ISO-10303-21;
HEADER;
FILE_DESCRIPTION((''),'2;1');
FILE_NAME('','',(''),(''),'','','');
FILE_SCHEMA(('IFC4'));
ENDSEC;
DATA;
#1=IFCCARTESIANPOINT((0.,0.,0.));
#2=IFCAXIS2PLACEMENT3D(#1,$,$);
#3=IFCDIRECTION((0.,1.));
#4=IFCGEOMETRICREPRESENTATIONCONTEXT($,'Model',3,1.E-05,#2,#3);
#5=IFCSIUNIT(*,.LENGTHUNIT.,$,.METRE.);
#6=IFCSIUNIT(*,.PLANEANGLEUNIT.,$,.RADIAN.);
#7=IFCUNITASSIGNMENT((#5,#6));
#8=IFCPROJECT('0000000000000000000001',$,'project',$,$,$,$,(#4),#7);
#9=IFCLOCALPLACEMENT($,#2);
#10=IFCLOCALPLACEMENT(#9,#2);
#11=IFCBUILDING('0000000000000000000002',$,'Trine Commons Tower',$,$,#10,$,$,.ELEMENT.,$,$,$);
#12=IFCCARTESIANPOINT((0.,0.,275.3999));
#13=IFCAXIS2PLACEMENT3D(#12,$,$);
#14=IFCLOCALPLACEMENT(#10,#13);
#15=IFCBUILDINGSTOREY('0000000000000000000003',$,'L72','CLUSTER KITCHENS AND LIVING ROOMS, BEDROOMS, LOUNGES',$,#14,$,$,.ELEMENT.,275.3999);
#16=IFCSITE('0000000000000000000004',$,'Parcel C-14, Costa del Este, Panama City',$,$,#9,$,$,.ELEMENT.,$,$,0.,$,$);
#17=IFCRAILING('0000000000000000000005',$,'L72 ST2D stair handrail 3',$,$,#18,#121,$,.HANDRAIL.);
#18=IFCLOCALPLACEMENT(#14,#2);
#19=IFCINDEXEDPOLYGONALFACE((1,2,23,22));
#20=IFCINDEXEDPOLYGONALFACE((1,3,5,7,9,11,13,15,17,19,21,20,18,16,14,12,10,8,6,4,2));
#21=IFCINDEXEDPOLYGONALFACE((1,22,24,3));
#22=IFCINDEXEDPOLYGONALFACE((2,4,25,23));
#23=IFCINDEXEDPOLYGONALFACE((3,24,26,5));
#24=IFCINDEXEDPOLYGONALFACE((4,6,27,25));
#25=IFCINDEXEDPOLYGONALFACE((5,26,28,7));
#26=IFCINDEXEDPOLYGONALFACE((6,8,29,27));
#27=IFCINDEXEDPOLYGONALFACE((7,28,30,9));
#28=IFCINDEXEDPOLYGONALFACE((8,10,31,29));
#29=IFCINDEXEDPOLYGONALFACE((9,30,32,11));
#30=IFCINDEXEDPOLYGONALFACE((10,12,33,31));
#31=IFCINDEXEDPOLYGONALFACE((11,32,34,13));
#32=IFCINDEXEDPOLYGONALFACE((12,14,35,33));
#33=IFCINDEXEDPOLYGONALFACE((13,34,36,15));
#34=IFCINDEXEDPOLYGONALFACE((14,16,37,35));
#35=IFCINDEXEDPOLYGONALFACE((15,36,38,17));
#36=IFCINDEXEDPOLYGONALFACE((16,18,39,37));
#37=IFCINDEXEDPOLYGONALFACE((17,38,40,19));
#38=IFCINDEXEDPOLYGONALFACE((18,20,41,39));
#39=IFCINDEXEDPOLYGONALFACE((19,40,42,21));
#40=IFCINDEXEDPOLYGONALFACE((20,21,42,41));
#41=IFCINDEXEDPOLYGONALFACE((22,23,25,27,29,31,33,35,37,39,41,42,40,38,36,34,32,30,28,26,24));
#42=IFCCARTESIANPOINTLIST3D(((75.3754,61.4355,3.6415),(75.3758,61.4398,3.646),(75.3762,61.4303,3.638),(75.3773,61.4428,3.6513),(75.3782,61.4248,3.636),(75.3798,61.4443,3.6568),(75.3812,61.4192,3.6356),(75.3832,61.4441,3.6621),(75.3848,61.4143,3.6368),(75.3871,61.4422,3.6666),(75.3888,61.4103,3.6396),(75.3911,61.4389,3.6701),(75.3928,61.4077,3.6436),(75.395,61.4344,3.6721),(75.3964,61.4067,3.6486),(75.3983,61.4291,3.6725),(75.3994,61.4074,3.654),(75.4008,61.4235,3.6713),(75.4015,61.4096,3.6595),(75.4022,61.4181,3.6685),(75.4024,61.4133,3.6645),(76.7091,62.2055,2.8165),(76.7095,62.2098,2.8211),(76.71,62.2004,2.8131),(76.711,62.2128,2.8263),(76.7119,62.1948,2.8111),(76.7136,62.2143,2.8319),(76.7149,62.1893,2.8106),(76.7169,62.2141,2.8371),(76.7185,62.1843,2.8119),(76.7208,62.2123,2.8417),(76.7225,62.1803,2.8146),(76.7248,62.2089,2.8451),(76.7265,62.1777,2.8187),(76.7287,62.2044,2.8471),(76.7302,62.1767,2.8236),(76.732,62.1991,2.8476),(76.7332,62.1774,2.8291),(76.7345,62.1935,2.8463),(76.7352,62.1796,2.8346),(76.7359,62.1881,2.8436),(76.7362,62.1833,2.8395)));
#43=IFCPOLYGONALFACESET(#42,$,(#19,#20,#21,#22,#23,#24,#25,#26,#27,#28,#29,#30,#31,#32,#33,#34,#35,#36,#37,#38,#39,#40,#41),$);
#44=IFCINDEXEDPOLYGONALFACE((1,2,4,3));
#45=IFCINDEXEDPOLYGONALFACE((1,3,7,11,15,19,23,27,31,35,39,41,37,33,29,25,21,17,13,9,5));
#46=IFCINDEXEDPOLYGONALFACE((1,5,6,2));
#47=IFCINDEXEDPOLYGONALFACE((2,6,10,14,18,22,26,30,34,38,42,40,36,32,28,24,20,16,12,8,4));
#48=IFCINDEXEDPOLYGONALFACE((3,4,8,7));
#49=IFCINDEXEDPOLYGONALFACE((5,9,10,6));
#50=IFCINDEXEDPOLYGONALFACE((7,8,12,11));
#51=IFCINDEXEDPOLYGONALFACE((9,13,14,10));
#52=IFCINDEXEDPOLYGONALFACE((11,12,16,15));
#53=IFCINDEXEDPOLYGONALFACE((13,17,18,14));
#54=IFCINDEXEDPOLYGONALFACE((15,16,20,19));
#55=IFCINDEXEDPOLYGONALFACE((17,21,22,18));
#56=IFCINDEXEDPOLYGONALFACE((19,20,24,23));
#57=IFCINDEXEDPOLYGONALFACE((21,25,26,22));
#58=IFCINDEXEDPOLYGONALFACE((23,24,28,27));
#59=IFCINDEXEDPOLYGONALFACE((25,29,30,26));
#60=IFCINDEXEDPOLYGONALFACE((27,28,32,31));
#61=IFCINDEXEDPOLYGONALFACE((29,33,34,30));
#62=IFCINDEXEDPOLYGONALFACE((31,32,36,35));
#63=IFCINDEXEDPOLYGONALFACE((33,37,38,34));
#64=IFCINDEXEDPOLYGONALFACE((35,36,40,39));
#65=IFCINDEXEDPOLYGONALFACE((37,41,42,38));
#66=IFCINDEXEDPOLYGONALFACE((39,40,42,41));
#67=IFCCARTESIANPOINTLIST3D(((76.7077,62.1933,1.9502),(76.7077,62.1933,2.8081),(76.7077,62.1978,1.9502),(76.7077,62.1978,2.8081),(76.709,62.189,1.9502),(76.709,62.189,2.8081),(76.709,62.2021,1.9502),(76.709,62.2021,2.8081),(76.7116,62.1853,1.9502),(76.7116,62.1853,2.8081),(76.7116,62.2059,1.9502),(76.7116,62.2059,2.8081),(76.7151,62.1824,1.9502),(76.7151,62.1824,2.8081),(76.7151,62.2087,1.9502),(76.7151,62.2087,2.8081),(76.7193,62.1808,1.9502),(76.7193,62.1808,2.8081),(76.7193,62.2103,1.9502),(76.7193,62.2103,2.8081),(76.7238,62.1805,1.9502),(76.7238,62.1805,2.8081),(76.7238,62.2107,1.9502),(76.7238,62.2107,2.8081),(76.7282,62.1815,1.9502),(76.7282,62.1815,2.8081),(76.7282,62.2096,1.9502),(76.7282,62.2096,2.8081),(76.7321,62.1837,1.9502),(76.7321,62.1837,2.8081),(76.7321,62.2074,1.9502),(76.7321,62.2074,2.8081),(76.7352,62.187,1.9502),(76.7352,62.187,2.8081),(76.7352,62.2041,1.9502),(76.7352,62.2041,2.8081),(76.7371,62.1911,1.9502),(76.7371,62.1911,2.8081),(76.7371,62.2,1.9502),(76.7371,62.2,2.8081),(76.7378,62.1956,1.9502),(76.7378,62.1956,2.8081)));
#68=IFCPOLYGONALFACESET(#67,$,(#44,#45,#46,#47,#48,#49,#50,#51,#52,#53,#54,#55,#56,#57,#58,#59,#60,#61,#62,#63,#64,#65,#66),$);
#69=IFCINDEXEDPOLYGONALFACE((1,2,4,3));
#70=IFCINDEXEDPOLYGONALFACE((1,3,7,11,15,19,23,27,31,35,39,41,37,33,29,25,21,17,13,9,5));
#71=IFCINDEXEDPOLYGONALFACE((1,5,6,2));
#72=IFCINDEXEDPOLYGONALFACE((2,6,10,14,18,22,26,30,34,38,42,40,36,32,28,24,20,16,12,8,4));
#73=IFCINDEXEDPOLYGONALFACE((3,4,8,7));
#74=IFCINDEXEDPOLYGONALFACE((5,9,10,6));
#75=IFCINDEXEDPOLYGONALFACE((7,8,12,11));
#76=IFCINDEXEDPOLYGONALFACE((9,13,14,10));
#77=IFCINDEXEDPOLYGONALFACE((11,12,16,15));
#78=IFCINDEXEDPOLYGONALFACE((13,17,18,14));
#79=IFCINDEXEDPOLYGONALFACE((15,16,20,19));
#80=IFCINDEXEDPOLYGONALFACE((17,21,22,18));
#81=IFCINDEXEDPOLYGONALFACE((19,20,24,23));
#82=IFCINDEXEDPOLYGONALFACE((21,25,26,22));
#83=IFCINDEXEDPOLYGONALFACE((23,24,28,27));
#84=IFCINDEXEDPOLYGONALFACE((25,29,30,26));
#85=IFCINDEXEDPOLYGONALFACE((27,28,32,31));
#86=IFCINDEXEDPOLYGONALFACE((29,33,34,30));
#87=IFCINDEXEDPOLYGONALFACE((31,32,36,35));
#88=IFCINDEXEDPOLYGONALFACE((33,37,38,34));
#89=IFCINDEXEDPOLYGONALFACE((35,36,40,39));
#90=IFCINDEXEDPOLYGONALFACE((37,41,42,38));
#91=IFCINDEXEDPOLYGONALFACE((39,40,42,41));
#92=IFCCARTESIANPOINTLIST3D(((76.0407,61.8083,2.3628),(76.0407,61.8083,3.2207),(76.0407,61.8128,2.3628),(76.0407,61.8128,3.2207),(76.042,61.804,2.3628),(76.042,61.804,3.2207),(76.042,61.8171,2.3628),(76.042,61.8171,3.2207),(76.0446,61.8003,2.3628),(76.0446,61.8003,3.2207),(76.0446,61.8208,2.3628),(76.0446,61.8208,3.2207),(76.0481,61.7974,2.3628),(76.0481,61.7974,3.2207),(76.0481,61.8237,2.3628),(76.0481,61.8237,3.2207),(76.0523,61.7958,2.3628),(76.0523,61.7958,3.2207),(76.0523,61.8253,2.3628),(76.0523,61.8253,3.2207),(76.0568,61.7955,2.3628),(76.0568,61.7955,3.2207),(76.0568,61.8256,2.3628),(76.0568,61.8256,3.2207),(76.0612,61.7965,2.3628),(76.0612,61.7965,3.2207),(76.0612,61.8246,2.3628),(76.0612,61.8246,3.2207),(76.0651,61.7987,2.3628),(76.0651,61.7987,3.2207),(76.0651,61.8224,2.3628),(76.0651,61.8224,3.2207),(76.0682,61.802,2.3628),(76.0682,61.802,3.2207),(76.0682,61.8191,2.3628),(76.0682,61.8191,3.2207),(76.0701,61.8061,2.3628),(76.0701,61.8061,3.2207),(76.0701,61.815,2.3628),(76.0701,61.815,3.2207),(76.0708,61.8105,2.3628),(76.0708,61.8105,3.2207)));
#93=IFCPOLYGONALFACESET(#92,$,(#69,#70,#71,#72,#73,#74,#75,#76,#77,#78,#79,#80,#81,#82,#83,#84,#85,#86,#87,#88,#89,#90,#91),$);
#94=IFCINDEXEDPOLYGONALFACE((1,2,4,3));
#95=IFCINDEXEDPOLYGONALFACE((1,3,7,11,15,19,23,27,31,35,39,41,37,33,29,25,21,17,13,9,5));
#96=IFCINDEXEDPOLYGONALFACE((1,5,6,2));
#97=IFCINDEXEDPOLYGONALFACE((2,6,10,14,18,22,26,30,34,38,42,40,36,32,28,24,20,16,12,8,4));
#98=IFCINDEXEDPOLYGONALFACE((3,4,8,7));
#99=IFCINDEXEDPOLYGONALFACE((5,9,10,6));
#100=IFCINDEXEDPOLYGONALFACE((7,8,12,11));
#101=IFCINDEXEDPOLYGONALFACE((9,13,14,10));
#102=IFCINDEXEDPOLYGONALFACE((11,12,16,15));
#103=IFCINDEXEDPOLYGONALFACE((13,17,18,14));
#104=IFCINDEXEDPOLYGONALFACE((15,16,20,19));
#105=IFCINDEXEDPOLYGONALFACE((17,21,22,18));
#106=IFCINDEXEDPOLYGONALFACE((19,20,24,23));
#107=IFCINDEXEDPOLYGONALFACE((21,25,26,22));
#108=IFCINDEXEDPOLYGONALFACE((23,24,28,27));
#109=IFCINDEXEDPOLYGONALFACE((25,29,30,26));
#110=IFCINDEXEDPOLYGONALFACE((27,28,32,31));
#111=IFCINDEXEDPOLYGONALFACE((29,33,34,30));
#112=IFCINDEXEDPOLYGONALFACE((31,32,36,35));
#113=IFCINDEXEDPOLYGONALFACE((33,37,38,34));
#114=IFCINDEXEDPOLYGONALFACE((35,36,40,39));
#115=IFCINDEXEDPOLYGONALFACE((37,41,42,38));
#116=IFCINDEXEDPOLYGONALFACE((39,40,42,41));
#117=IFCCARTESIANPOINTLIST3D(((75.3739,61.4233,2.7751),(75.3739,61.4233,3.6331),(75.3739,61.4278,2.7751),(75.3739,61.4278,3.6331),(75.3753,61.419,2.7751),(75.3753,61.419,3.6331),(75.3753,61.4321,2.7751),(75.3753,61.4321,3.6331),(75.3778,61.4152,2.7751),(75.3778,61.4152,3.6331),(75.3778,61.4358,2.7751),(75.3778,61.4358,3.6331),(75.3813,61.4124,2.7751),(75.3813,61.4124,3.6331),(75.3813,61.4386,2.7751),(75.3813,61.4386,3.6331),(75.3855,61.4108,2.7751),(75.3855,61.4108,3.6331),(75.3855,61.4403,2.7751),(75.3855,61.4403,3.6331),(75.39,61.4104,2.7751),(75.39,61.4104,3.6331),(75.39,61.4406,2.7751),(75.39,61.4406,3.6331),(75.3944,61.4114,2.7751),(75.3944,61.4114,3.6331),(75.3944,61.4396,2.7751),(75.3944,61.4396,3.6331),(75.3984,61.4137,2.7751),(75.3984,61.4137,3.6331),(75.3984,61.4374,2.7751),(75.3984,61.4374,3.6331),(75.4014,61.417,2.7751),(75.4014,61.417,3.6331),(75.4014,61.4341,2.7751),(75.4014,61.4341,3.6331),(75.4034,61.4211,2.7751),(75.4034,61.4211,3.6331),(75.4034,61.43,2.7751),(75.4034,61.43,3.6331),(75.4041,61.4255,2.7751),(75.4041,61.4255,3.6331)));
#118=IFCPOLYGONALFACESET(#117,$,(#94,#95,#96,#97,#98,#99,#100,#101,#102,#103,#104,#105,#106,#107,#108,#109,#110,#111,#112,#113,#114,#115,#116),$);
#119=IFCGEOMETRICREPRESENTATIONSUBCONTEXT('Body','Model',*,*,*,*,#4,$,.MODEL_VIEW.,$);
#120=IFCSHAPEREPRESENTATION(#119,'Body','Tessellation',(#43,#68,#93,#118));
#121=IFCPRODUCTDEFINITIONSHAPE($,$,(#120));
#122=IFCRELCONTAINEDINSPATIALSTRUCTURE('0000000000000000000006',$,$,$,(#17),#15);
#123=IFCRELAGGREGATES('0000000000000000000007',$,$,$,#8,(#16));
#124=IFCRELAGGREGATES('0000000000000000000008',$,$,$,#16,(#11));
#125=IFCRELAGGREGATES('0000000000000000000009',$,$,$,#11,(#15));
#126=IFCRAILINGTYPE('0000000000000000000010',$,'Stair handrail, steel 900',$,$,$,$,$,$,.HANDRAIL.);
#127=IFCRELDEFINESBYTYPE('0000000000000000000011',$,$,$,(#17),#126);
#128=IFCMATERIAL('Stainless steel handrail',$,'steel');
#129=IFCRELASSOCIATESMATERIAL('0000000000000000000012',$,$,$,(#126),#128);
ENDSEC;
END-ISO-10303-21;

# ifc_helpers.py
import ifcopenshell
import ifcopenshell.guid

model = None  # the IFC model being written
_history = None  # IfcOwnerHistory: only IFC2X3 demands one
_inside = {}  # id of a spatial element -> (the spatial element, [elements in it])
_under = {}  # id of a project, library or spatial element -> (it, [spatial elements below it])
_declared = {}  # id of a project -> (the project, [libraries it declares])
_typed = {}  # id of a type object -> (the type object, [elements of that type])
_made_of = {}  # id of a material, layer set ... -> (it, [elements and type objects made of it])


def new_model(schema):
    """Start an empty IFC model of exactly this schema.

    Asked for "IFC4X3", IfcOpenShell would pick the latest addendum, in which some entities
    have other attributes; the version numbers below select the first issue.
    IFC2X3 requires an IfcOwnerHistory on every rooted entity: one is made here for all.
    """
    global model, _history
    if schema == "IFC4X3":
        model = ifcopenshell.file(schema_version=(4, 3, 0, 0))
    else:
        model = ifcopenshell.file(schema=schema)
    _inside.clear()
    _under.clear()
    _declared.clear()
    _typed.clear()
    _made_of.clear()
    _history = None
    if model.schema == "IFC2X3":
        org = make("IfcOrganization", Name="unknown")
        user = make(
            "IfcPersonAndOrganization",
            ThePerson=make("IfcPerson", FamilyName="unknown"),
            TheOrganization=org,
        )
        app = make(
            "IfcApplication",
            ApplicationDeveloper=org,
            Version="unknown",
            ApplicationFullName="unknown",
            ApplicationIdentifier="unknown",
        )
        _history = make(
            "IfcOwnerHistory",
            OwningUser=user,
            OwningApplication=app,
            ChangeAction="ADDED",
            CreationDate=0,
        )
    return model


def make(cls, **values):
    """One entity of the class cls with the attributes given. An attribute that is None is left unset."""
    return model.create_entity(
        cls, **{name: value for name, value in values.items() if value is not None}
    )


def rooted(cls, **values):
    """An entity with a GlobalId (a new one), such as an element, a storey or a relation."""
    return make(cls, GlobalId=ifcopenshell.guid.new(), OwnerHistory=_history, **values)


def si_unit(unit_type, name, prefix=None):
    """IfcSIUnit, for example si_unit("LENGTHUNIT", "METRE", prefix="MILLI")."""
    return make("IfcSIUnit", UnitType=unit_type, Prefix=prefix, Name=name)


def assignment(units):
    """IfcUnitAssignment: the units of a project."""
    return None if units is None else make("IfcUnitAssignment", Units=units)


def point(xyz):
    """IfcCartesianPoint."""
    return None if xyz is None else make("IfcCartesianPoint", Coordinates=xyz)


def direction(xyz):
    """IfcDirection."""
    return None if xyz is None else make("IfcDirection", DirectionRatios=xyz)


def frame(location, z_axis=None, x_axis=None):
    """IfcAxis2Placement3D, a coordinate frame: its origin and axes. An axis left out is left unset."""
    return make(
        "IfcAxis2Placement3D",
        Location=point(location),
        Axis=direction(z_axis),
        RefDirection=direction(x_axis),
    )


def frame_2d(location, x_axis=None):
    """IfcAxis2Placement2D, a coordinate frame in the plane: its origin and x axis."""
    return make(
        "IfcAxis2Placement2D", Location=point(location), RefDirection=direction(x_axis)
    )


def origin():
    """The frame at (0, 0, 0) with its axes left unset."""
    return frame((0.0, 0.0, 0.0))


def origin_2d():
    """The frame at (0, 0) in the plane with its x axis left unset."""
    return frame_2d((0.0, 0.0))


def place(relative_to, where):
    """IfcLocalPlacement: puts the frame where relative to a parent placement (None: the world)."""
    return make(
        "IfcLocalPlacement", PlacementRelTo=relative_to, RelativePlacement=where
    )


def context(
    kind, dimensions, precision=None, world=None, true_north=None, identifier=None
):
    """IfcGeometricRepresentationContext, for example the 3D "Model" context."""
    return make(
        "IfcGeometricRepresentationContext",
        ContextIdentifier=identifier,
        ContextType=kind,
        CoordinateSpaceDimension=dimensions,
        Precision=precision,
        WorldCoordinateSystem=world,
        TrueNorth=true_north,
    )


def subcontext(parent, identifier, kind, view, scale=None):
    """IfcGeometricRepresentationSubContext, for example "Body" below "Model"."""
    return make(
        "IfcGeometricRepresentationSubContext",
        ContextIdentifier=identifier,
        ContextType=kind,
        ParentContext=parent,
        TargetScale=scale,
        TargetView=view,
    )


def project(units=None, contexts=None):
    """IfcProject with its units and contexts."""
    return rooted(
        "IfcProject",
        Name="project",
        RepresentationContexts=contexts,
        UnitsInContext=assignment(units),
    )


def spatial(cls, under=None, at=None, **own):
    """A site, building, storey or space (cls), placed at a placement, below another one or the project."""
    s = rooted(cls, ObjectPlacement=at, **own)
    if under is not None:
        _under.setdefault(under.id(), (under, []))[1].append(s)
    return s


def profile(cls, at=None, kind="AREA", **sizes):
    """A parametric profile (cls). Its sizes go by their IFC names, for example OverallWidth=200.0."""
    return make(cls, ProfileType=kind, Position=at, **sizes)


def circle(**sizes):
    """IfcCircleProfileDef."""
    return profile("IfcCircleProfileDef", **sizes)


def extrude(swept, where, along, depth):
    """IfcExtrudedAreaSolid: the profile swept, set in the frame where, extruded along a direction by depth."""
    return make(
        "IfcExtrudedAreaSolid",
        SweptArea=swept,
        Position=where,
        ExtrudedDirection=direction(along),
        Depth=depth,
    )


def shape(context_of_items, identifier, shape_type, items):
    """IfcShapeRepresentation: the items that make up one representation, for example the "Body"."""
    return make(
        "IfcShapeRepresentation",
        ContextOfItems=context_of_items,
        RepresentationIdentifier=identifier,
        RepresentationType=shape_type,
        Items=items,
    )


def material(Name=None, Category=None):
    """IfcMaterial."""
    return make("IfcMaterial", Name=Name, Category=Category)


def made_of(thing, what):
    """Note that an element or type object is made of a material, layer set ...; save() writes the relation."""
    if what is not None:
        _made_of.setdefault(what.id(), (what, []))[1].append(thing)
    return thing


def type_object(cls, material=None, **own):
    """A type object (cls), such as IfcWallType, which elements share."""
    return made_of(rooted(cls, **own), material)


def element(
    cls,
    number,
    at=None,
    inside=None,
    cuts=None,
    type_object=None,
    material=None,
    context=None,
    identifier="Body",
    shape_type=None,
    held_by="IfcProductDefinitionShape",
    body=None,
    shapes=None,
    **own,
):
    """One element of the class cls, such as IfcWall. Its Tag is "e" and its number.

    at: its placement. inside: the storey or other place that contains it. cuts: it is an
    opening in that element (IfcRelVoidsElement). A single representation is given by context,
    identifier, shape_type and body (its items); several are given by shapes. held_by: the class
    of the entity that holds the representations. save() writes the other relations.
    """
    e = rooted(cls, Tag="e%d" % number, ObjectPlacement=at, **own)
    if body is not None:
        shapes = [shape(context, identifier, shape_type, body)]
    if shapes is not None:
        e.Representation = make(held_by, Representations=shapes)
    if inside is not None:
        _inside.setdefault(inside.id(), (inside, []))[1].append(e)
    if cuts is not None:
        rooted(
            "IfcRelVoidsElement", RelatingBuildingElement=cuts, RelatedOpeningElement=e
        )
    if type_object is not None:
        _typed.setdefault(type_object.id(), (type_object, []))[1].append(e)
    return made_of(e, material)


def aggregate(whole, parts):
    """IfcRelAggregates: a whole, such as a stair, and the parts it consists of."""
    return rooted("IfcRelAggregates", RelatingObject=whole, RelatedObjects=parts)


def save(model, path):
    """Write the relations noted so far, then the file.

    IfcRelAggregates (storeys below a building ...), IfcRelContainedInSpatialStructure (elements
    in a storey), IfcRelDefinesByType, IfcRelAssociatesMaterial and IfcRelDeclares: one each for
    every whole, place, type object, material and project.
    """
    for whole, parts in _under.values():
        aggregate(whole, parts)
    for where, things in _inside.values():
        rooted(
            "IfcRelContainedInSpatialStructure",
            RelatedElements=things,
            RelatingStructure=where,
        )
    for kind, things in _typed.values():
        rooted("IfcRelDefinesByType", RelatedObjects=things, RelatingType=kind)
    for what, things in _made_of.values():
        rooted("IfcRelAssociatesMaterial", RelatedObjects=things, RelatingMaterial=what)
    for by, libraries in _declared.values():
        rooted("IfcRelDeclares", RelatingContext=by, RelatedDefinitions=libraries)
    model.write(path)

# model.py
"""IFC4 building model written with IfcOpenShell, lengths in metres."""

from ifc_helpers import new_model, si_unit, direction, frame, origin, origin_2d, place, context, subcontext, project, spatial, circle, extrude, material, type_object, element, save


model = new_model("IFC4")

# Units and contexts
model_context = context("Model", 3, precision=1e-05, world=origin(), true_north=direction((0.0, 1.0)))
body_context = subcontext(model_context, "Body", "Model", "MODEL_VIEW")
ifc_project = project(units=[si_unit("LENGTHUNIT", "METRE"), si_unit("PLANEANGLEUNIT", "RADIAN")], contexts=[model_context])

# Site, building, storey
site_placement = place(None, origin())
site = spatial("IfcSite", under=ifc_project, at=site_placement, Name="Parcel C-14, Costa del Este, Panama City", CompositionType="ELEMENT", RefElevation=0.0)
building_placement = place(site_placement, origin())
building = spatial("IfcBuilding", under=site, at=building_placement, Name="Trine Commons Tower", CompositionType="ELEMENT")
storey_placement = place(building_placement, frame((0.0, 0.0, 275.3999)))
storey = spatial("IfcBuildingStorey", under=building, at=storey_placement, Name="L72", Description="CLUSTER KITCHENS AND LIVING ROOMS, BEDROOMS, LOUNGES", CompositionType="ELEMENT", Elevation=275.3999)

# Railing
ifc_material_1 = material(Name="Stainless steel handrail", Category="steel")
railing_type_1 = type_object("IfcRailingType", Name="Stair handrail, steel 900", PredefinedType="HANDRAIL", material=ifc_material_1)
for number, where, name in (
    (1, (76.7227, 62.1956, 1.9502), "L72 ST2D stair handrail 3"),
):
    element("IfcRailing", number, at=place(storey_placement, frame(where)), inside=storey, type_object=railing_type_1, Name=name, PredefinedType="HANDRAIL", context=body_context, shape_type="SweptSolid", body=[
        extrude(circle(Radius=0.021, at=origin_2d()), frame((0.0, 0.0, 0.8789), z_axis=(-0.763405, -0.440743, 0.472185), x_axis=(0.499992, -0.86603, 0.0)), (0.0, 0.0, 1.0), 1.7471),
        extrude(circle(Radius=0.0151, at=origin_2d()), origin(), (0.0, 0.0, 1.0), 0.8579),
        extrude(circle(Radius=0.0151, at=origin_2d()), frame((-0.667, -0.385, 0.4126)), (0.0, 0.0, 1.0), 0.8579),
        extrude(circle(Radius=0.0151, at=origin_2d()), frame((-1.3337, -0.77, 0.825)), (0.0, 0.0, 1.0), 0.8579),
    ])

save(model, "model.ifc")
